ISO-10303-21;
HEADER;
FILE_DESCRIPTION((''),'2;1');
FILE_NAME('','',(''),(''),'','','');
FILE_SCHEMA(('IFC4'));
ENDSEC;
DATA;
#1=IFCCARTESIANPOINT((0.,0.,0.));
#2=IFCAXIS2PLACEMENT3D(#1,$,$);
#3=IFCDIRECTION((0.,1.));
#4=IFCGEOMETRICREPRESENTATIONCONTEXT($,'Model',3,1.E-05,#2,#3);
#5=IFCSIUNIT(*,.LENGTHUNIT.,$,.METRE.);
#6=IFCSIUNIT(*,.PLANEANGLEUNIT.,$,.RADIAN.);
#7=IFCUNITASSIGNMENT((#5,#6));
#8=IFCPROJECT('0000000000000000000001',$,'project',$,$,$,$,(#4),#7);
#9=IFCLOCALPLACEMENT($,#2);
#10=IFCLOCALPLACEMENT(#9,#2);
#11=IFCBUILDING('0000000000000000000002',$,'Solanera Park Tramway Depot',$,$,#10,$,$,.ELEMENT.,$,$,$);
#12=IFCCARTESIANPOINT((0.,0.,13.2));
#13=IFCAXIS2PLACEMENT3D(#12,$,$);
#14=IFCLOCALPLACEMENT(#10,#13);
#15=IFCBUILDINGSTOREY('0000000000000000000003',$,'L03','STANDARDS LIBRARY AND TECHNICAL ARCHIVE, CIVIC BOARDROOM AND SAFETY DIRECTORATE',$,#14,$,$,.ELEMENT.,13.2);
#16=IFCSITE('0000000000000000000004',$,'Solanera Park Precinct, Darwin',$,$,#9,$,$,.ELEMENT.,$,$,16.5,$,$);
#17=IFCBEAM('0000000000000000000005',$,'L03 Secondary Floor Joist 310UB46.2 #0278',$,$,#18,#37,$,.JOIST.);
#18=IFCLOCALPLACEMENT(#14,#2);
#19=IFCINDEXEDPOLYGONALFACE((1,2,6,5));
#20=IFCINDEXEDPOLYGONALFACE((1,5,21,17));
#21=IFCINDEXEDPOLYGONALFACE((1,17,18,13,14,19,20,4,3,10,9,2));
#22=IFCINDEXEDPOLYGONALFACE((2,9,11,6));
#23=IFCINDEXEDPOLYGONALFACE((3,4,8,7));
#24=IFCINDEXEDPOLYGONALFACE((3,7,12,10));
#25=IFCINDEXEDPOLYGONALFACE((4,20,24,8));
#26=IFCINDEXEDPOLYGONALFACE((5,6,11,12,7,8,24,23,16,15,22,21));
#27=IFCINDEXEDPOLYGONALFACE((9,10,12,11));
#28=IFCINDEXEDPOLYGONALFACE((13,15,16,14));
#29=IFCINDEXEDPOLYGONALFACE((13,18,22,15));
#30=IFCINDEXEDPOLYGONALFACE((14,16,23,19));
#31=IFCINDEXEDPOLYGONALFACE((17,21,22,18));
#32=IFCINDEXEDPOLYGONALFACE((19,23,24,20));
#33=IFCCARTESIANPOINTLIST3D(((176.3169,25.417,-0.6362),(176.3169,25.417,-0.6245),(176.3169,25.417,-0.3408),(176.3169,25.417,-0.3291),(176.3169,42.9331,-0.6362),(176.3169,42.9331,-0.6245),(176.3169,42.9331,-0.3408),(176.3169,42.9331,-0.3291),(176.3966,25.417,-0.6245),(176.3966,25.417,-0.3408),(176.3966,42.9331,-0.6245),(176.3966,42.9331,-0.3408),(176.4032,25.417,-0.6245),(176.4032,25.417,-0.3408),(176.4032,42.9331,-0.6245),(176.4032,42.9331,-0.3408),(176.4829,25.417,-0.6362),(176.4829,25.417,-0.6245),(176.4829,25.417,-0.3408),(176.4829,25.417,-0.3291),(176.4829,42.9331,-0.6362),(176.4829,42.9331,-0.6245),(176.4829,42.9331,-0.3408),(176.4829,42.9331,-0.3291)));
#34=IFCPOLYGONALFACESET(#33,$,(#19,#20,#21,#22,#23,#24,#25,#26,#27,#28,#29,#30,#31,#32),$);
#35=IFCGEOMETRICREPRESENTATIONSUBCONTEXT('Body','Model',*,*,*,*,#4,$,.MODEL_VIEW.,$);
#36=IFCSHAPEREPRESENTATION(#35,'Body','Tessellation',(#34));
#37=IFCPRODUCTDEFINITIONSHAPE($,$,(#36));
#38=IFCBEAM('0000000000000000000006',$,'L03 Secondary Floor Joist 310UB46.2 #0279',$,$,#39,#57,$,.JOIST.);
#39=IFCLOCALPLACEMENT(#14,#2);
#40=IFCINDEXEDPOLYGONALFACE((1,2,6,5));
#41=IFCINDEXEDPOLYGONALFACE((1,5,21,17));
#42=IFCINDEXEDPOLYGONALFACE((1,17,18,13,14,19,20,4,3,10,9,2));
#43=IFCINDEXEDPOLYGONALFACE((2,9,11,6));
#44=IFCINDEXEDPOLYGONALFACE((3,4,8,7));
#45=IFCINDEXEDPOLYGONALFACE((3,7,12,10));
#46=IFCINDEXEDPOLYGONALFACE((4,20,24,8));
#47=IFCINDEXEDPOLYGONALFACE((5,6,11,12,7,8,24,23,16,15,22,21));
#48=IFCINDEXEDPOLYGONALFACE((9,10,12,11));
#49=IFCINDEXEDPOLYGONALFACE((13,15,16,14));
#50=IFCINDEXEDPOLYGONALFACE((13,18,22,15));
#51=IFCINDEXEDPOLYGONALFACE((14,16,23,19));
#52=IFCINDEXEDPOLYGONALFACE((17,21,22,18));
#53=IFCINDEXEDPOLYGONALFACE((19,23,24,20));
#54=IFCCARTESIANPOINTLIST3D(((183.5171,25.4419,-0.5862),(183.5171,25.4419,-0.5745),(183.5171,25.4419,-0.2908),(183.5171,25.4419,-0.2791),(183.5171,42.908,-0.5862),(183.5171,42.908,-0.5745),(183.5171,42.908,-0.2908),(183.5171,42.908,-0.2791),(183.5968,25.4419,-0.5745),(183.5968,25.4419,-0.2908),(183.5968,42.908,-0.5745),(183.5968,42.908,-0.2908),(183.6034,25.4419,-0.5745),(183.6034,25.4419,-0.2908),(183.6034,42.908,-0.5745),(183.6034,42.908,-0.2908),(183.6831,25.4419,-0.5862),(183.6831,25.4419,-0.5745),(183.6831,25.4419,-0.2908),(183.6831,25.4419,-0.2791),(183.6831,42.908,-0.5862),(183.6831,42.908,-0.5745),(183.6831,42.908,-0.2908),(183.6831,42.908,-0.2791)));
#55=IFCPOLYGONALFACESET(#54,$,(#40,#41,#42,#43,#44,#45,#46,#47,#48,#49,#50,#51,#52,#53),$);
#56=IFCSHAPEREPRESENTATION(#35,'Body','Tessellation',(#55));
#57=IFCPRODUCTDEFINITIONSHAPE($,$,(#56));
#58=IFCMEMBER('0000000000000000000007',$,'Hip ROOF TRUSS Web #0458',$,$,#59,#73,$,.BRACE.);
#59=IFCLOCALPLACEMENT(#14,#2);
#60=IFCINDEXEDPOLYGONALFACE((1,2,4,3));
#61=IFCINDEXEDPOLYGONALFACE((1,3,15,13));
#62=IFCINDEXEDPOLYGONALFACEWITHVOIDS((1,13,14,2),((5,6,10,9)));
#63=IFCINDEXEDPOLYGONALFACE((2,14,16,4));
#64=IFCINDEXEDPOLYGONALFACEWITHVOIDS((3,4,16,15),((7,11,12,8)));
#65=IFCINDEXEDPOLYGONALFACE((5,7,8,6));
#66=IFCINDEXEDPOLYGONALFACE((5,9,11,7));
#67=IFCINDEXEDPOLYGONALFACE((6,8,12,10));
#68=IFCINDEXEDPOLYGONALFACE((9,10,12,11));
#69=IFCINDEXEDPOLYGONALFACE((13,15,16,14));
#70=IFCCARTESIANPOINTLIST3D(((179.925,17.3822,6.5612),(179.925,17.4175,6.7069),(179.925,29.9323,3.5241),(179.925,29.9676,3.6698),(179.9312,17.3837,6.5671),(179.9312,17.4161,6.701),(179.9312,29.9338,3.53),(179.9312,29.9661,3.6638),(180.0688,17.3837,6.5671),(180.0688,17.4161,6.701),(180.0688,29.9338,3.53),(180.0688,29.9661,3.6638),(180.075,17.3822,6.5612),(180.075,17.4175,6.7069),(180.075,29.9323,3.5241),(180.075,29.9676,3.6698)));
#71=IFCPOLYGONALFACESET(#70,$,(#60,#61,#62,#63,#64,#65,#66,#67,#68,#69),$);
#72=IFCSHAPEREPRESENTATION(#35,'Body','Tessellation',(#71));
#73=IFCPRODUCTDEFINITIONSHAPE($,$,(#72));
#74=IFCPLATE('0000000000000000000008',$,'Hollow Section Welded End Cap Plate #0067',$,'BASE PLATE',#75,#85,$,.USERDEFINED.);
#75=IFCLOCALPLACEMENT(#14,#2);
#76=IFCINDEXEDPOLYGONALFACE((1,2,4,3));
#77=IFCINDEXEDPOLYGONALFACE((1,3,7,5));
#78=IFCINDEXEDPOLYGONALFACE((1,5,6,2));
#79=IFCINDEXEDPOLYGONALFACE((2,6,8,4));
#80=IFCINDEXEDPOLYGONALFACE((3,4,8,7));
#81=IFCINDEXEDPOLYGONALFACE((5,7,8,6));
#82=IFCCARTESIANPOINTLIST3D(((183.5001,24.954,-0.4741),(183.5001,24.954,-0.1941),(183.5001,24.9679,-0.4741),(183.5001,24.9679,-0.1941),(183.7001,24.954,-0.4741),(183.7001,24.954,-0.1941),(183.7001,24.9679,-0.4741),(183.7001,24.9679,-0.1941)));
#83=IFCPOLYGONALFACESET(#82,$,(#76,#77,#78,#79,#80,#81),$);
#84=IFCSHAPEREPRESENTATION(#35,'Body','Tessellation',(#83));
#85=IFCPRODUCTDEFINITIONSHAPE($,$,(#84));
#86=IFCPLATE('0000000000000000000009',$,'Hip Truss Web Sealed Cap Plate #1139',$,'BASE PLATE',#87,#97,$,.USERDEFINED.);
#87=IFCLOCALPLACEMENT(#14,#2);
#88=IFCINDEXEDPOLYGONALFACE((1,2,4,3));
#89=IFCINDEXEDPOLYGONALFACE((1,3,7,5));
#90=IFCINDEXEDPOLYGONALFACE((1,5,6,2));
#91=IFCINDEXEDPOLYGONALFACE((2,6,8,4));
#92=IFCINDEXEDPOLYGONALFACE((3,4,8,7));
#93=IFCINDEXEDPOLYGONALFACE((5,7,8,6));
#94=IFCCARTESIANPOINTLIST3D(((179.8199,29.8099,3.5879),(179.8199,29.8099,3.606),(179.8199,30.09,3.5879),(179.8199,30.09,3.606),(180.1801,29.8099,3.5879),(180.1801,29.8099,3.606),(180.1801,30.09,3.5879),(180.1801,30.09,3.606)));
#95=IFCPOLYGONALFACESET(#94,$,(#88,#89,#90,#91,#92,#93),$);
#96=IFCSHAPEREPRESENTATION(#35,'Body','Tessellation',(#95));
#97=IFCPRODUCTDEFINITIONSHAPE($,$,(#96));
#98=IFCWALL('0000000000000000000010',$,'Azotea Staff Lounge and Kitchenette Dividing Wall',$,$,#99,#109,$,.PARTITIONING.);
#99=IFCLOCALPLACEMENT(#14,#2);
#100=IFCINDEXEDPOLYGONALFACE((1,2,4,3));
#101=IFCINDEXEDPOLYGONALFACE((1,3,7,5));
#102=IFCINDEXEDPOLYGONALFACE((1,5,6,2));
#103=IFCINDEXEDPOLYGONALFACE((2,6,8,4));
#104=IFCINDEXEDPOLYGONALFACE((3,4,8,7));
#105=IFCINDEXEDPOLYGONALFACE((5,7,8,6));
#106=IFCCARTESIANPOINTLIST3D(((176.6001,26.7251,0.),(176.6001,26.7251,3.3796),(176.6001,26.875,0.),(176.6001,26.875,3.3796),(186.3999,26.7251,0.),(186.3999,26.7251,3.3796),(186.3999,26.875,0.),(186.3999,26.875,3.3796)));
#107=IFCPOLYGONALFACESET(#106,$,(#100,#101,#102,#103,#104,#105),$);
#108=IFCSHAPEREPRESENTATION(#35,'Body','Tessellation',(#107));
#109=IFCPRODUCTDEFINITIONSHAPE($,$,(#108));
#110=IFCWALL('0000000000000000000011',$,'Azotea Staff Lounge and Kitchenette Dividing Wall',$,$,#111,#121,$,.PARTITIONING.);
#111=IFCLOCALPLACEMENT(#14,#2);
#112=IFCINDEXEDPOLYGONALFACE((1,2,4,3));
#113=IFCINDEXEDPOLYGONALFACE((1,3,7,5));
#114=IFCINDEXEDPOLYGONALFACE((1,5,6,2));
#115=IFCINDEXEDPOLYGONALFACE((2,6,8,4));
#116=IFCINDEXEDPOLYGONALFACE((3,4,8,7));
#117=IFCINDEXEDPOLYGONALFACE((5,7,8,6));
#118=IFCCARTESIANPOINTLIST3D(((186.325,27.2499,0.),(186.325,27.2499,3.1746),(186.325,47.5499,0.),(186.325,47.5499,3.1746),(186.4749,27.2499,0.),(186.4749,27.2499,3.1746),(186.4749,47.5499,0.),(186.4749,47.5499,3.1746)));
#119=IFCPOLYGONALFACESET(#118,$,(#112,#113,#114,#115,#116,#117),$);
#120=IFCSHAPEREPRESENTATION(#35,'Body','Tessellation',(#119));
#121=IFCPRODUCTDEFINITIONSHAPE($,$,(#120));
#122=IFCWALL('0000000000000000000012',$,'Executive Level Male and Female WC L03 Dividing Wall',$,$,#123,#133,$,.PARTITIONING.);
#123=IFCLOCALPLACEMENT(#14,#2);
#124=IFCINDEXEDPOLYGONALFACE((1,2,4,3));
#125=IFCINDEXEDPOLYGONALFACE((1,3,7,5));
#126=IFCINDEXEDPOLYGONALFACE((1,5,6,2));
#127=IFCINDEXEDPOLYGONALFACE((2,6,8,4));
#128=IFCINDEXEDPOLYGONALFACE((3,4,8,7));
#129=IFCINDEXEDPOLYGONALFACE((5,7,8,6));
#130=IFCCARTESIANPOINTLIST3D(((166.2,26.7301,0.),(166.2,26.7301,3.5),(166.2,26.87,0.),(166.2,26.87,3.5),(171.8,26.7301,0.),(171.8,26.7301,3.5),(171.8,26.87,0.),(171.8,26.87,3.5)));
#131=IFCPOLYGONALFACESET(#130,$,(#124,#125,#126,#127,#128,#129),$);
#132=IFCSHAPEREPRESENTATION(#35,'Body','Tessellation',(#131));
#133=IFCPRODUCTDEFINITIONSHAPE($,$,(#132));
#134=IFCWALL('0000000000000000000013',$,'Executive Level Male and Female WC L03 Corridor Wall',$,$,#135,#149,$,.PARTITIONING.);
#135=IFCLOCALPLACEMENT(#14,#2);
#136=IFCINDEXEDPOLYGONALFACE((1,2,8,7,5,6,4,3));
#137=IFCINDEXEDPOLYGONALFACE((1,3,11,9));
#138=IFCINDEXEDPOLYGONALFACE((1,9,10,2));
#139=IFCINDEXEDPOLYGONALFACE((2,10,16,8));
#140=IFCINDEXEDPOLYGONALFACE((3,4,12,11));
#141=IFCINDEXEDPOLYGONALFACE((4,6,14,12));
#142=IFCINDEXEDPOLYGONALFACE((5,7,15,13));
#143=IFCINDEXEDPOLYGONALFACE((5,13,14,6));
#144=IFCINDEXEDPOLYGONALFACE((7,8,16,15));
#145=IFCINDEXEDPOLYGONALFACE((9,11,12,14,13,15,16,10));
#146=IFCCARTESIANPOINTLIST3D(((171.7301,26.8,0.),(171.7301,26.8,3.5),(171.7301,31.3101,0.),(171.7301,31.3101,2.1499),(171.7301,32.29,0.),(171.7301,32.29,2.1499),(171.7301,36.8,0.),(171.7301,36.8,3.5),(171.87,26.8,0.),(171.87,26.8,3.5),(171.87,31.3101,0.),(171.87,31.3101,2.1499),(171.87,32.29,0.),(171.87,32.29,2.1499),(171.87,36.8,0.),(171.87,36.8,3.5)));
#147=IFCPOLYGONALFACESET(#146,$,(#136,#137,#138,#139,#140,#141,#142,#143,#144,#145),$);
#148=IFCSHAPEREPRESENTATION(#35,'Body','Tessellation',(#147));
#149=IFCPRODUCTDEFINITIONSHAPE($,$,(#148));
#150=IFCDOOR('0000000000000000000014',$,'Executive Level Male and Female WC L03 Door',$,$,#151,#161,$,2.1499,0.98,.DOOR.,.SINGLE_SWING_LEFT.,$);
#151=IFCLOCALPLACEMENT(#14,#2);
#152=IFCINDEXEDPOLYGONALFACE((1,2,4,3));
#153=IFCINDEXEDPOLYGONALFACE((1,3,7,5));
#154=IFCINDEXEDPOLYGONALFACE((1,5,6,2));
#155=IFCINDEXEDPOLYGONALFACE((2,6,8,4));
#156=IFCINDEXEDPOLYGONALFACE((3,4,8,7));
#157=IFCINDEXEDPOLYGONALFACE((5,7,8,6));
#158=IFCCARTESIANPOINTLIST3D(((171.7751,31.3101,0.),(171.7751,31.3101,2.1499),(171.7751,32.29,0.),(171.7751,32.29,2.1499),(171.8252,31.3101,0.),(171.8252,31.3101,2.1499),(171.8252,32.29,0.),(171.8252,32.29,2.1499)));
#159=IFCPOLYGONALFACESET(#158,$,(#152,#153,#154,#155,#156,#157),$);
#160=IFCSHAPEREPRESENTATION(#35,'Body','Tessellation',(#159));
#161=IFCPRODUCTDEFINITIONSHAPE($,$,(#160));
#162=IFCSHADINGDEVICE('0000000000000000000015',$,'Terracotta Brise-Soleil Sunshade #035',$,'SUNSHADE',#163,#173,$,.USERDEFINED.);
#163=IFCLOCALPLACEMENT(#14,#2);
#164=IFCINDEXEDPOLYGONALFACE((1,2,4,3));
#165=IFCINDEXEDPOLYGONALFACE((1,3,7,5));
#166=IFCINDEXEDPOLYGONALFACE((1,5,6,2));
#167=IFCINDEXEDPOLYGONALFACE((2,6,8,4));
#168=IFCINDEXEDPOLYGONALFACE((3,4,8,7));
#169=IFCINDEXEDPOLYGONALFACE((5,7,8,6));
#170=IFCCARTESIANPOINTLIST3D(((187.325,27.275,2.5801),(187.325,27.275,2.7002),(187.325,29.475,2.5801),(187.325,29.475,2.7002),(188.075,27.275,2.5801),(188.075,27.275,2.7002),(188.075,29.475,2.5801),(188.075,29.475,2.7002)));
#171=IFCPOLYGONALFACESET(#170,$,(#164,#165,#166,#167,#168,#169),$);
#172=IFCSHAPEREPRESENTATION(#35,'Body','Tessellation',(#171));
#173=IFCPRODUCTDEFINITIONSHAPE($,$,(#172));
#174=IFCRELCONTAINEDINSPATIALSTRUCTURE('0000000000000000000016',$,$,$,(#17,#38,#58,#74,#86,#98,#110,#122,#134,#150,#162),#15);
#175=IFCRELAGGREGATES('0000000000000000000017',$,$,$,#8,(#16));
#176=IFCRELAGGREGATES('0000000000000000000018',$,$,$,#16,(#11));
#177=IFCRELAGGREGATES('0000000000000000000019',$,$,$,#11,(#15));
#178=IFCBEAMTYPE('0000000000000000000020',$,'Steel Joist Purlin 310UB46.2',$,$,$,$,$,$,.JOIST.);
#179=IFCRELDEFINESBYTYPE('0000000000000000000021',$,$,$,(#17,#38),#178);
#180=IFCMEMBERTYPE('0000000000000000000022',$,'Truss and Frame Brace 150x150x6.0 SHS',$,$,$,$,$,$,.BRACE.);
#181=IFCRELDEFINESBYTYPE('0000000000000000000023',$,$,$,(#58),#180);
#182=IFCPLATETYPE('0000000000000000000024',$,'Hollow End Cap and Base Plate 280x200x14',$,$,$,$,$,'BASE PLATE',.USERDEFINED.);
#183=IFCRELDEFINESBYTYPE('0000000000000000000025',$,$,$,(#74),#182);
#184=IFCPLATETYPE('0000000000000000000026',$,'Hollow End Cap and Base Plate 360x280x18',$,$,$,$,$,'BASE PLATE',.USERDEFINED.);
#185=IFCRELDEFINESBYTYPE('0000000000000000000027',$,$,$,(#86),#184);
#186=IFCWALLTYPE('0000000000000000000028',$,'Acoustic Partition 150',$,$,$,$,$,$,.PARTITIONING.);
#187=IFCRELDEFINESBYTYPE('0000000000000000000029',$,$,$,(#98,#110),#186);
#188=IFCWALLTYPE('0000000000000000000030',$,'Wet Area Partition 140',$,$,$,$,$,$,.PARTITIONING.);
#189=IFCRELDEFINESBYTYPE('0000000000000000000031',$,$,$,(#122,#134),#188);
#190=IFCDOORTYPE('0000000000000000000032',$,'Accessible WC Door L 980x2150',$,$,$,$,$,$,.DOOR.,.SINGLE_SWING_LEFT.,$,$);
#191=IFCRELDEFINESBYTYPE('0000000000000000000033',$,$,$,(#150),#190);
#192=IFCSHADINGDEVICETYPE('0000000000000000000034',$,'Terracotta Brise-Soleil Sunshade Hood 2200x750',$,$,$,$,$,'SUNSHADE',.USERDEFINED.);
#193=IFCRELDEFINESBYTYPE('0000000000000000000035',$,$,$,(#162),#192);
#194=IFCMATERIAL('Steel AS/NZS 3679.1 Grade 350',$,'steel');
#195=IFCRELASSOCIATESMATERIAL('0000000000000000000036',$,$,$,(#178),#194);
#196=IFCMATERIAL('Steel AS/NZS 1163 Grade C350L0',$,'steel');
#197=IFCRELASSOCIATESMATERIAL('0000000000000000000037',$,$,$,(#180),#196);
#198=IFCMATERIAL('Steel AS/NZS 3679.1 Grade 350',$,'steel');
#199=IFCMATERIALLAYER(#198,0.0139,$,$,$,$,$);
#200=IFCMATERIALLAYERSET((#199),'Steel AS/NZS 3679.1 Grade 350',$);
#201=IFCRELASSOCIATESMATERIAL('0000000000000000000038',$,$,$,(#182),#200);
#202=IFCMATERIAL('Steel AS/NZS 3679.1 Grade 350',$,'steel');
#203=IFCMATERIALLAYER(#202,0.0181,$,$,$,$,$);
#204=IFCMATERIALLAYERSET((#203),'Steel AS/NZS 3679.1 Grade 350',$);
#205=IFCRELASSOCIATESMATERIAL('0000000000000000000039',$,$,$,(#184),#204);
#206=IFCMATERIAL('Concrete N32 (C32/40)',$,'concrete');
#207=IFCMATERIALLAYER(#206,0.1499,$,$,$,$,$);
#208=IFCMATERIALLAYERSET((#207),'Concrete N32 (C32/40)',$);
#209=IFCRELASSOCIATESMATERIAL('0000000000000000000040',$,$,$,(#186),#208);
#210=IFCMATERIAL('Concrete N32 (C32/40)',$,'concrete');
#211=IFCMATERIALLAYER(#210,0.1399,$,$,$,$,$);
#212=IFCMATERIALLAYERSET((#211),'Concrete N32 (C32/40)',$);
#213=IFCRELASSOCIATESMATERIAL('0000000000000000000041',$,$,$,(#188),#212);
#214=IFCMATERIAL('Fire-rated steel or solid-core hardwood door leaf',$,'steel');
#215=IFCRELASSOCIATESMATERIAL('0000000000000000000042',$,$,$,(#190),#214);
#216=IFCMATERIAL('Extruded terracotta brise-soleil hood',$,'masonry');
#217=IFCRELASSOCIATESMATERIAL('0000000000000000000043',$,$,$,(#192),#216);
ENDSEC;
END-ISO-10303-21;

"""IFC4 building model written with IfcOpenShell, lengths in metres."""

from ifc_helpers import new_model, si_unit, direction, frame, frame_2d, origin, origin_2d, place, context, subcontext, project, spatial, rectangle, hollow_rectangle, i_section, extrude, material, layer, layer_set, material_profile, profile_set, type_object, element, fill, save


model = new_model("IFC4")

# Units and contexts
model_context = context("Model", 3, precision=1e-05, world=origin(), true_north=direction((0.0, 1.0)))
body_context = subcontext(model_context, "Body", "Model", "MODEL_VIEW")
ifc_project = project(units=[si_unit("LENGTHUNIT", "METRE"), si_unit("PLANEANGLEUNIT", "RADIAN")], contexts=[model_context])

# Site, building, storey
site_placement = place(None, origin())
site = spatial("IfcSite", under=ifc_project, at=site_placement, Name="Solanera Park Precinct, Darwin", CompositionType="ELEMENT", RefElevation=16.5)
building_placement = place(site_placement, origin())
building = spatial("IfcBuilding", under=site, at=building_placement, Name="Solanera Park Tramway Depot", CompositionType="ELEMENT")
storey_placement = place(building_placement, frame((0.0, 0.0, 13.2)))
storey = spatial("IfcBuildingStorey", under=building, at=storey_placement, Name="L03", Description="STANDARDS LIBRARY AND TECHNICAL ARCHIVE, CIVIC BOARDROOM AND SAFETY DIRECTORATE", CompositionType="ELEMENT", Elevation=13.2)

# Beams
ifc_material_1 = material(Name="Steel AS/NZS 3679.1 Grade 350", Category="steel")
ifc_material_profile_1 = material_profile(ifc_material_1, i_section(OverallWidth=0.166, OverallDepth=0.3071, WebThickness=0.0066, FlangeThickness=0.0117, at=origin_2d()), Name="310UB46.2")
ifc_profile_set_1 = profile_set([ifc_material_profile_1], Name="Steel AS/NZS 3679.1 Grade 350")
beam_type_1 = type_object("IfcBeamType", Name="Steel Joist Purlin 310UB46.2", PredefinedType="JOIST", material=ifc_profile_set_1)
beam_1_placement = place(storey_placement, frame((176.3999, 25.417, -0.4827), z_axis=(0.0, 1.0, 0.0), x_axis=(-1.0, 0.0, 0.0)))
element("IfcBeam", 1, at=beam_1_placement, inside=storey, type_object=beam_type_1, Name="L03 Secondary Floor Joist 310UB46.2 #0278", PredefinedType="JOIST", context=body_context, shape_type="SweptSolid", body=[
    extrude(i_section(OverallWidth=0.166, OverallDepth=0.3071, WebThickness=0.0066, FlangeThickness=0.0117, at=origin_2d()), origin(), (0.0, 0.0, 1.0), 17.5161),
])
beam_2_placement = place(storey_placement, frame((183.6001, 25.4419, -0.4326), z_axis=(0.0, 1.0, 0.0), x_axis=(-1.0, 0.0, 0.0)))
element("IfcBeam", 2, at=beam_2_placement, inside=storey, type_object=beam_type_1, Name="L03 Secondary Floor Joist 310UB46.2 #0279", PredefinedType="JOIST", context=body_context, shape_type="SweptSolid", body=[
    extrude(i_section(OverallWidth=0.166, OverallDepth=0.3071, WebThickness=0.0066, FlangeThickness=0.0117, at=origin_2d()), origin(), (0.0, 0.0, 1.0), 17.4661),
])

# Member
ifc_material_2 = material(Name="Steel AS/NZS 1163 Grade C350L0", Category="steel")
ifc_material_profile_2 = material_profile(ifc_material_2, hollow_rectangle(XDim=0.1499, YDim=0.1499, WallThickness=0.0061, at=origin_2d()), Name="150x150x6.0 SHS")
ifc_profile_set_2 = profile_set([ifc_material_profile_2], Name="Steel AS/NZS 1163 Grade C350L0")
member_type_1 = type_object("IfcMemberType", Name="Truss and Frame Brace 150x150x6.0 SHS", PredefinedType="BRACE", material=ifc_profile_set_2)
member_1_placement = place(storey_placement, frame((180.0, 29.95, 3.5969), z_axis=(0.0, -0.971944, 0.23521), x_axis=(1.0, 0.0, 0.0)))
element("IfcMember", 3, at=member_1_placement, inside=storey, type_object=member_type_1, Name="Hip ROOF TRUSS Web #0458", PredefinedType="BRACE", context=body_context, shape_type="SweptSolid", body=[
    extrude(hollow_rectangle(XDim=0.1499, YDim=0.1499, WallThickness=0.0061, at=origin_2d()), origin(), (0.0, 0.0, 1.0), 12.9124),
])

# Plates
ifc_material_3 = material(Name="Steel AS/NZS 3679.1 Grade 350", Category="steel")
ifc_layer_1 = layer(ifc_material_3, 0.0139)
ifc_layer_set_1 = layer_set([ifc_layer_1], Name="Steel AS/NZS 3679.1 Grade 350")
plate_type_1 = type_object("IfcPlateType", Name="Hollow End Cap and Base Plate 280x200x14", ElementType="BASE PLATE", PredefinedType="USERDEFINED", material=ifc_layer_set_1)
plate_1_placement = place(storey_placement, frame((183.6001, 24.9609, -0.4741), z_axis=(0.0, 0.0, 1.0), x_axis=(0.0, 1.0, 0.0)))
element("IfcPlate", 4, at=plate_1_placement, inside=storey, type_object=plate_type_1, Name="Hollow Section Welded End Cap Plate #0067", ObjectType="BASE PLATE", PredefinedType="USERDEFINED", context=body_context, shape_type="SweptSolid", body=[
    extrude(rectangle(XDim=0.0139, YDim=0.2, at=origin_2d()), origin(), (0.0, 0.0, 1.0), 0.28),
])
ifc_material_4 = material(Name="Steel AS/NZS 3679.1 Grade 350", Category="steel")
ifc_layer_2 = layer(ifc_material_4, 0.0181)
ifc_layer_set_2 = layer_set([ifc_layer_2], Name="Steel AS/NZS 3679.1 Grade 350")
plate_type_2 = type_object("IfcPlateType", Name="Hollow End Cap and Base Plate 360x280x18", ElementType="BASE PLATE", PredefinedType="USERDEFINED", material=ifc_layer_set_2)
plate_2_placement = place(storey_placement, frame((180.0, 29.95, 3.5879), z_axis=(0.0, 0.0, 1.0), x_axis=(1.0, 0.0, 0.0)))
element("IfcPlate", 5, at=plate_2_placement, inside=storey, type_object=plate_type_2, Name="Hip Truss Web Sealed Cap Plate #1139", ObjectType="BASE PLATE", PredefinedType="USERDEFINED", context=body_context, shape_type="SweptSolid", body=[
    extrude(rectangle(XDim=0.3601, YDim=0.28, at=origin_2d()), origin(), (0.0, 0.0, 1.0), 0.0181),
])

# Walls
ifc_material_5 = material(Name="Concrete N32 (C32/40)", Category="concrete")
ifc_layer_3 = layer(ifc_material_5, 0.1499)
ifc_layer_set_3 = layer_set([ifc_layer_3], Name="Concrete N32 (C32/40)")
wall_type_1 = type_object("IfcWallType", Name="Acoustic Partition 150", PredefinedType="PARTITIONING", material=ifc_layer_set_3)
wall_1_placement = place(storey_placement, frame((186.3999, 26.8, 0.0), z_axis=(0.0, 0.0, 1.0), x_axis=(-1.0, 0.0, 0.0)))
element("IfcWall", 6, at=wall_1_placement, inside=storey, type_object=wall_type_1, Name="Azotea Staff Lounge and Kitchenette Dividing Wall", PredefinedType="PARTITIONING", context=body_context, shape_type="SweptSolid", body=[
    extrude(rectangle(XDim=9.7998, YDim=0.1499, at=frame_2d((4.8999, 0.0))), origin(), (0.0, 0.0, 1.0), 3.3796),
])
wall_2_placement = place(storey_placement, frame((186.3999, 27.25, 0.0), z_axis=(0.0, 0.0, 1.0), x_axis=(0.0, 1.0, 0.0)))
element("IfcWall", 7, at=wall_2_placement, inside=storey, type_object=wall_type_1, Name="Azotea Staff Lounge and Kitchenette Dividing Wall", PredefinedType="PARTITIONING", context=body_context, shape_type="SweptSolid", body=[
    extrude(rectangle(XDim=20.3, YDim=0.1499, at=frame_2d((10.1499, 0.0))), origin(), (0.0, 0.0, 1.0), 3.1746),
])
ifc_material_6 = material(Name="Concrete N32 (C32/40)", Category="concrete")
ifc_layer_4 = layer(ifc_material_6, 0.1399)
ifc_layer_set_4 = layer_set([ifc_layer_4], Name="Concrete N32 (C32/40)")
wall_type_2 = type_object("IfcWallType", Name="Wet Area Partition 140", PredefinedType="PARTITIONING", material=ifc_layer_set_4)
wall_3_placement = place(storey_placement, frame((171.8, 26.8, 0.0), z_axis=(0.0, 0.0, 1.0), x_axis=(-1.0, 0.0, 0.0)))
element("IfcWall", 8, at=wall_3_placement, inside=storey, type_object=wall_type_2, Name="Executive Level Male and Female WC L03 Dividing Wall", PredefinedType="PARTITIONING", context=body_context, shape_type="SweptSolid", body=[
    extrude(rectangle(XDim=5.6001, YDim=0.1399, at=frame_2d((2.8, 0.0))), origin(), (0.0, 0.0, 1.0), 3.5),
])

# Wall, opening, door
wall_4_placement = place(storey_placement, frame((171.8, 26.8, 0.0), z_axis=(0.0, 0.0, 1.0), x_axis=(0.0, 1.0, 0.0)))
wall_4 = element("IfcWall", 9, at=wall_4_placement, inside=storey, type_object=wall_type_2, Name="Executive Level Male and Female WC L03 Corridor Wall", PredefinedType="PARTITIONING", context=body_context, shape_type="SweptSolid", body=[
    extrude(rectangle(XDim=10.0, YDim=0.1399, at=frame_2d((5.0, 0.0))), origin(), (0.0, 0.0, 1.0), 3.5),
])
opening_placement = place(wall_4_placement, frame((4.51, 0.0, 0.0)))
opening = element("IfcOpeningElement", 10, at=opening_placement, cuts=wall_4, PredefinedType="OPENING", context=body_context, shape_type="SweptSolid", body=[
    extrude(rectangle(XDim=0.98, YDim=2.1499, at=frame_2d((0.49, 1.075))), frame((0.0, 0.0801, 0.0), z_axis=(0.0, -1.0, 0.0), x_axis=(1.0, 0.0, 0.0)), (0.0, 0.0, 1.0), 0.1599),
])
ifc_material_7 = material(Name="Fire-rated steel or solid-core hardwood door leaf", Category="steel")
door_type = type_object("IfcDoorType", Name="Accessible WC Door L 980x2150", OperationType="SINGLE_SWING_LEFT", PredefinedType="DOOR", material=ifc_material_7)
door_placement = place(opening_placement, origin())
door = element("IfcDoor", 11, at=door_placement, inside=storey, type_object=door_type, Name="Executive Level Male and Female WC L03 Door", OperationType="SINGLE_SWING_LEFT", OverallHeight=2.1499, OverallWidth=0.98, PredefinedType="DOOR", context=body_context, shape_type="SweptSolid", body=[
    extrude(rectangle(XDim=0.98, YDim=2.1499, at=frame_2d((0.49, 1.075))), frame((0.0, 0.0249, 0.0), z_axis=(0.0, -1.0, 0.0), x_axis=(1.0, 0.0, 0.0)), (0.0, 0.0, 1.0), 0.05),
])
fill(opening, door)

# Shading device
ifc_material_8 = material(Name="Extruded terracotta brise-soleil hood", Category="masonry")
shading_device_type = type_object("IfcShadingDeviceType", Name="Terracotta Brise-Soleil Sunshade Hood 2200x750", ElementType="SUNSHADE", PredefinedType="USERDEFINED", material=ifc_material_8)
shading_device_placement = place(storey_placement, frame((187.7, 28.375, 2.5801), z_axis=(0.0, 0.0, 1.0), x_axis=(0.0, 1.0, 0.0)))
element("IfcShadingDevice", 12, at=shading_device_placement, inside=storey, type_object=shading_device_type, Name="Terracotta Brise-Soleil Sunshade #035", ObjectType="SUNSHADE", PredefinedType="USERDEFINED", context=body_context, shape_type="SweptSolid", body=[
    extrude(rectangle(XDim=2.2, YDim=0.75, at=origin_2d()), origin(), (0.0, 0.0, 1.0), 0.1201),
])

save(model, "model.ifc")
